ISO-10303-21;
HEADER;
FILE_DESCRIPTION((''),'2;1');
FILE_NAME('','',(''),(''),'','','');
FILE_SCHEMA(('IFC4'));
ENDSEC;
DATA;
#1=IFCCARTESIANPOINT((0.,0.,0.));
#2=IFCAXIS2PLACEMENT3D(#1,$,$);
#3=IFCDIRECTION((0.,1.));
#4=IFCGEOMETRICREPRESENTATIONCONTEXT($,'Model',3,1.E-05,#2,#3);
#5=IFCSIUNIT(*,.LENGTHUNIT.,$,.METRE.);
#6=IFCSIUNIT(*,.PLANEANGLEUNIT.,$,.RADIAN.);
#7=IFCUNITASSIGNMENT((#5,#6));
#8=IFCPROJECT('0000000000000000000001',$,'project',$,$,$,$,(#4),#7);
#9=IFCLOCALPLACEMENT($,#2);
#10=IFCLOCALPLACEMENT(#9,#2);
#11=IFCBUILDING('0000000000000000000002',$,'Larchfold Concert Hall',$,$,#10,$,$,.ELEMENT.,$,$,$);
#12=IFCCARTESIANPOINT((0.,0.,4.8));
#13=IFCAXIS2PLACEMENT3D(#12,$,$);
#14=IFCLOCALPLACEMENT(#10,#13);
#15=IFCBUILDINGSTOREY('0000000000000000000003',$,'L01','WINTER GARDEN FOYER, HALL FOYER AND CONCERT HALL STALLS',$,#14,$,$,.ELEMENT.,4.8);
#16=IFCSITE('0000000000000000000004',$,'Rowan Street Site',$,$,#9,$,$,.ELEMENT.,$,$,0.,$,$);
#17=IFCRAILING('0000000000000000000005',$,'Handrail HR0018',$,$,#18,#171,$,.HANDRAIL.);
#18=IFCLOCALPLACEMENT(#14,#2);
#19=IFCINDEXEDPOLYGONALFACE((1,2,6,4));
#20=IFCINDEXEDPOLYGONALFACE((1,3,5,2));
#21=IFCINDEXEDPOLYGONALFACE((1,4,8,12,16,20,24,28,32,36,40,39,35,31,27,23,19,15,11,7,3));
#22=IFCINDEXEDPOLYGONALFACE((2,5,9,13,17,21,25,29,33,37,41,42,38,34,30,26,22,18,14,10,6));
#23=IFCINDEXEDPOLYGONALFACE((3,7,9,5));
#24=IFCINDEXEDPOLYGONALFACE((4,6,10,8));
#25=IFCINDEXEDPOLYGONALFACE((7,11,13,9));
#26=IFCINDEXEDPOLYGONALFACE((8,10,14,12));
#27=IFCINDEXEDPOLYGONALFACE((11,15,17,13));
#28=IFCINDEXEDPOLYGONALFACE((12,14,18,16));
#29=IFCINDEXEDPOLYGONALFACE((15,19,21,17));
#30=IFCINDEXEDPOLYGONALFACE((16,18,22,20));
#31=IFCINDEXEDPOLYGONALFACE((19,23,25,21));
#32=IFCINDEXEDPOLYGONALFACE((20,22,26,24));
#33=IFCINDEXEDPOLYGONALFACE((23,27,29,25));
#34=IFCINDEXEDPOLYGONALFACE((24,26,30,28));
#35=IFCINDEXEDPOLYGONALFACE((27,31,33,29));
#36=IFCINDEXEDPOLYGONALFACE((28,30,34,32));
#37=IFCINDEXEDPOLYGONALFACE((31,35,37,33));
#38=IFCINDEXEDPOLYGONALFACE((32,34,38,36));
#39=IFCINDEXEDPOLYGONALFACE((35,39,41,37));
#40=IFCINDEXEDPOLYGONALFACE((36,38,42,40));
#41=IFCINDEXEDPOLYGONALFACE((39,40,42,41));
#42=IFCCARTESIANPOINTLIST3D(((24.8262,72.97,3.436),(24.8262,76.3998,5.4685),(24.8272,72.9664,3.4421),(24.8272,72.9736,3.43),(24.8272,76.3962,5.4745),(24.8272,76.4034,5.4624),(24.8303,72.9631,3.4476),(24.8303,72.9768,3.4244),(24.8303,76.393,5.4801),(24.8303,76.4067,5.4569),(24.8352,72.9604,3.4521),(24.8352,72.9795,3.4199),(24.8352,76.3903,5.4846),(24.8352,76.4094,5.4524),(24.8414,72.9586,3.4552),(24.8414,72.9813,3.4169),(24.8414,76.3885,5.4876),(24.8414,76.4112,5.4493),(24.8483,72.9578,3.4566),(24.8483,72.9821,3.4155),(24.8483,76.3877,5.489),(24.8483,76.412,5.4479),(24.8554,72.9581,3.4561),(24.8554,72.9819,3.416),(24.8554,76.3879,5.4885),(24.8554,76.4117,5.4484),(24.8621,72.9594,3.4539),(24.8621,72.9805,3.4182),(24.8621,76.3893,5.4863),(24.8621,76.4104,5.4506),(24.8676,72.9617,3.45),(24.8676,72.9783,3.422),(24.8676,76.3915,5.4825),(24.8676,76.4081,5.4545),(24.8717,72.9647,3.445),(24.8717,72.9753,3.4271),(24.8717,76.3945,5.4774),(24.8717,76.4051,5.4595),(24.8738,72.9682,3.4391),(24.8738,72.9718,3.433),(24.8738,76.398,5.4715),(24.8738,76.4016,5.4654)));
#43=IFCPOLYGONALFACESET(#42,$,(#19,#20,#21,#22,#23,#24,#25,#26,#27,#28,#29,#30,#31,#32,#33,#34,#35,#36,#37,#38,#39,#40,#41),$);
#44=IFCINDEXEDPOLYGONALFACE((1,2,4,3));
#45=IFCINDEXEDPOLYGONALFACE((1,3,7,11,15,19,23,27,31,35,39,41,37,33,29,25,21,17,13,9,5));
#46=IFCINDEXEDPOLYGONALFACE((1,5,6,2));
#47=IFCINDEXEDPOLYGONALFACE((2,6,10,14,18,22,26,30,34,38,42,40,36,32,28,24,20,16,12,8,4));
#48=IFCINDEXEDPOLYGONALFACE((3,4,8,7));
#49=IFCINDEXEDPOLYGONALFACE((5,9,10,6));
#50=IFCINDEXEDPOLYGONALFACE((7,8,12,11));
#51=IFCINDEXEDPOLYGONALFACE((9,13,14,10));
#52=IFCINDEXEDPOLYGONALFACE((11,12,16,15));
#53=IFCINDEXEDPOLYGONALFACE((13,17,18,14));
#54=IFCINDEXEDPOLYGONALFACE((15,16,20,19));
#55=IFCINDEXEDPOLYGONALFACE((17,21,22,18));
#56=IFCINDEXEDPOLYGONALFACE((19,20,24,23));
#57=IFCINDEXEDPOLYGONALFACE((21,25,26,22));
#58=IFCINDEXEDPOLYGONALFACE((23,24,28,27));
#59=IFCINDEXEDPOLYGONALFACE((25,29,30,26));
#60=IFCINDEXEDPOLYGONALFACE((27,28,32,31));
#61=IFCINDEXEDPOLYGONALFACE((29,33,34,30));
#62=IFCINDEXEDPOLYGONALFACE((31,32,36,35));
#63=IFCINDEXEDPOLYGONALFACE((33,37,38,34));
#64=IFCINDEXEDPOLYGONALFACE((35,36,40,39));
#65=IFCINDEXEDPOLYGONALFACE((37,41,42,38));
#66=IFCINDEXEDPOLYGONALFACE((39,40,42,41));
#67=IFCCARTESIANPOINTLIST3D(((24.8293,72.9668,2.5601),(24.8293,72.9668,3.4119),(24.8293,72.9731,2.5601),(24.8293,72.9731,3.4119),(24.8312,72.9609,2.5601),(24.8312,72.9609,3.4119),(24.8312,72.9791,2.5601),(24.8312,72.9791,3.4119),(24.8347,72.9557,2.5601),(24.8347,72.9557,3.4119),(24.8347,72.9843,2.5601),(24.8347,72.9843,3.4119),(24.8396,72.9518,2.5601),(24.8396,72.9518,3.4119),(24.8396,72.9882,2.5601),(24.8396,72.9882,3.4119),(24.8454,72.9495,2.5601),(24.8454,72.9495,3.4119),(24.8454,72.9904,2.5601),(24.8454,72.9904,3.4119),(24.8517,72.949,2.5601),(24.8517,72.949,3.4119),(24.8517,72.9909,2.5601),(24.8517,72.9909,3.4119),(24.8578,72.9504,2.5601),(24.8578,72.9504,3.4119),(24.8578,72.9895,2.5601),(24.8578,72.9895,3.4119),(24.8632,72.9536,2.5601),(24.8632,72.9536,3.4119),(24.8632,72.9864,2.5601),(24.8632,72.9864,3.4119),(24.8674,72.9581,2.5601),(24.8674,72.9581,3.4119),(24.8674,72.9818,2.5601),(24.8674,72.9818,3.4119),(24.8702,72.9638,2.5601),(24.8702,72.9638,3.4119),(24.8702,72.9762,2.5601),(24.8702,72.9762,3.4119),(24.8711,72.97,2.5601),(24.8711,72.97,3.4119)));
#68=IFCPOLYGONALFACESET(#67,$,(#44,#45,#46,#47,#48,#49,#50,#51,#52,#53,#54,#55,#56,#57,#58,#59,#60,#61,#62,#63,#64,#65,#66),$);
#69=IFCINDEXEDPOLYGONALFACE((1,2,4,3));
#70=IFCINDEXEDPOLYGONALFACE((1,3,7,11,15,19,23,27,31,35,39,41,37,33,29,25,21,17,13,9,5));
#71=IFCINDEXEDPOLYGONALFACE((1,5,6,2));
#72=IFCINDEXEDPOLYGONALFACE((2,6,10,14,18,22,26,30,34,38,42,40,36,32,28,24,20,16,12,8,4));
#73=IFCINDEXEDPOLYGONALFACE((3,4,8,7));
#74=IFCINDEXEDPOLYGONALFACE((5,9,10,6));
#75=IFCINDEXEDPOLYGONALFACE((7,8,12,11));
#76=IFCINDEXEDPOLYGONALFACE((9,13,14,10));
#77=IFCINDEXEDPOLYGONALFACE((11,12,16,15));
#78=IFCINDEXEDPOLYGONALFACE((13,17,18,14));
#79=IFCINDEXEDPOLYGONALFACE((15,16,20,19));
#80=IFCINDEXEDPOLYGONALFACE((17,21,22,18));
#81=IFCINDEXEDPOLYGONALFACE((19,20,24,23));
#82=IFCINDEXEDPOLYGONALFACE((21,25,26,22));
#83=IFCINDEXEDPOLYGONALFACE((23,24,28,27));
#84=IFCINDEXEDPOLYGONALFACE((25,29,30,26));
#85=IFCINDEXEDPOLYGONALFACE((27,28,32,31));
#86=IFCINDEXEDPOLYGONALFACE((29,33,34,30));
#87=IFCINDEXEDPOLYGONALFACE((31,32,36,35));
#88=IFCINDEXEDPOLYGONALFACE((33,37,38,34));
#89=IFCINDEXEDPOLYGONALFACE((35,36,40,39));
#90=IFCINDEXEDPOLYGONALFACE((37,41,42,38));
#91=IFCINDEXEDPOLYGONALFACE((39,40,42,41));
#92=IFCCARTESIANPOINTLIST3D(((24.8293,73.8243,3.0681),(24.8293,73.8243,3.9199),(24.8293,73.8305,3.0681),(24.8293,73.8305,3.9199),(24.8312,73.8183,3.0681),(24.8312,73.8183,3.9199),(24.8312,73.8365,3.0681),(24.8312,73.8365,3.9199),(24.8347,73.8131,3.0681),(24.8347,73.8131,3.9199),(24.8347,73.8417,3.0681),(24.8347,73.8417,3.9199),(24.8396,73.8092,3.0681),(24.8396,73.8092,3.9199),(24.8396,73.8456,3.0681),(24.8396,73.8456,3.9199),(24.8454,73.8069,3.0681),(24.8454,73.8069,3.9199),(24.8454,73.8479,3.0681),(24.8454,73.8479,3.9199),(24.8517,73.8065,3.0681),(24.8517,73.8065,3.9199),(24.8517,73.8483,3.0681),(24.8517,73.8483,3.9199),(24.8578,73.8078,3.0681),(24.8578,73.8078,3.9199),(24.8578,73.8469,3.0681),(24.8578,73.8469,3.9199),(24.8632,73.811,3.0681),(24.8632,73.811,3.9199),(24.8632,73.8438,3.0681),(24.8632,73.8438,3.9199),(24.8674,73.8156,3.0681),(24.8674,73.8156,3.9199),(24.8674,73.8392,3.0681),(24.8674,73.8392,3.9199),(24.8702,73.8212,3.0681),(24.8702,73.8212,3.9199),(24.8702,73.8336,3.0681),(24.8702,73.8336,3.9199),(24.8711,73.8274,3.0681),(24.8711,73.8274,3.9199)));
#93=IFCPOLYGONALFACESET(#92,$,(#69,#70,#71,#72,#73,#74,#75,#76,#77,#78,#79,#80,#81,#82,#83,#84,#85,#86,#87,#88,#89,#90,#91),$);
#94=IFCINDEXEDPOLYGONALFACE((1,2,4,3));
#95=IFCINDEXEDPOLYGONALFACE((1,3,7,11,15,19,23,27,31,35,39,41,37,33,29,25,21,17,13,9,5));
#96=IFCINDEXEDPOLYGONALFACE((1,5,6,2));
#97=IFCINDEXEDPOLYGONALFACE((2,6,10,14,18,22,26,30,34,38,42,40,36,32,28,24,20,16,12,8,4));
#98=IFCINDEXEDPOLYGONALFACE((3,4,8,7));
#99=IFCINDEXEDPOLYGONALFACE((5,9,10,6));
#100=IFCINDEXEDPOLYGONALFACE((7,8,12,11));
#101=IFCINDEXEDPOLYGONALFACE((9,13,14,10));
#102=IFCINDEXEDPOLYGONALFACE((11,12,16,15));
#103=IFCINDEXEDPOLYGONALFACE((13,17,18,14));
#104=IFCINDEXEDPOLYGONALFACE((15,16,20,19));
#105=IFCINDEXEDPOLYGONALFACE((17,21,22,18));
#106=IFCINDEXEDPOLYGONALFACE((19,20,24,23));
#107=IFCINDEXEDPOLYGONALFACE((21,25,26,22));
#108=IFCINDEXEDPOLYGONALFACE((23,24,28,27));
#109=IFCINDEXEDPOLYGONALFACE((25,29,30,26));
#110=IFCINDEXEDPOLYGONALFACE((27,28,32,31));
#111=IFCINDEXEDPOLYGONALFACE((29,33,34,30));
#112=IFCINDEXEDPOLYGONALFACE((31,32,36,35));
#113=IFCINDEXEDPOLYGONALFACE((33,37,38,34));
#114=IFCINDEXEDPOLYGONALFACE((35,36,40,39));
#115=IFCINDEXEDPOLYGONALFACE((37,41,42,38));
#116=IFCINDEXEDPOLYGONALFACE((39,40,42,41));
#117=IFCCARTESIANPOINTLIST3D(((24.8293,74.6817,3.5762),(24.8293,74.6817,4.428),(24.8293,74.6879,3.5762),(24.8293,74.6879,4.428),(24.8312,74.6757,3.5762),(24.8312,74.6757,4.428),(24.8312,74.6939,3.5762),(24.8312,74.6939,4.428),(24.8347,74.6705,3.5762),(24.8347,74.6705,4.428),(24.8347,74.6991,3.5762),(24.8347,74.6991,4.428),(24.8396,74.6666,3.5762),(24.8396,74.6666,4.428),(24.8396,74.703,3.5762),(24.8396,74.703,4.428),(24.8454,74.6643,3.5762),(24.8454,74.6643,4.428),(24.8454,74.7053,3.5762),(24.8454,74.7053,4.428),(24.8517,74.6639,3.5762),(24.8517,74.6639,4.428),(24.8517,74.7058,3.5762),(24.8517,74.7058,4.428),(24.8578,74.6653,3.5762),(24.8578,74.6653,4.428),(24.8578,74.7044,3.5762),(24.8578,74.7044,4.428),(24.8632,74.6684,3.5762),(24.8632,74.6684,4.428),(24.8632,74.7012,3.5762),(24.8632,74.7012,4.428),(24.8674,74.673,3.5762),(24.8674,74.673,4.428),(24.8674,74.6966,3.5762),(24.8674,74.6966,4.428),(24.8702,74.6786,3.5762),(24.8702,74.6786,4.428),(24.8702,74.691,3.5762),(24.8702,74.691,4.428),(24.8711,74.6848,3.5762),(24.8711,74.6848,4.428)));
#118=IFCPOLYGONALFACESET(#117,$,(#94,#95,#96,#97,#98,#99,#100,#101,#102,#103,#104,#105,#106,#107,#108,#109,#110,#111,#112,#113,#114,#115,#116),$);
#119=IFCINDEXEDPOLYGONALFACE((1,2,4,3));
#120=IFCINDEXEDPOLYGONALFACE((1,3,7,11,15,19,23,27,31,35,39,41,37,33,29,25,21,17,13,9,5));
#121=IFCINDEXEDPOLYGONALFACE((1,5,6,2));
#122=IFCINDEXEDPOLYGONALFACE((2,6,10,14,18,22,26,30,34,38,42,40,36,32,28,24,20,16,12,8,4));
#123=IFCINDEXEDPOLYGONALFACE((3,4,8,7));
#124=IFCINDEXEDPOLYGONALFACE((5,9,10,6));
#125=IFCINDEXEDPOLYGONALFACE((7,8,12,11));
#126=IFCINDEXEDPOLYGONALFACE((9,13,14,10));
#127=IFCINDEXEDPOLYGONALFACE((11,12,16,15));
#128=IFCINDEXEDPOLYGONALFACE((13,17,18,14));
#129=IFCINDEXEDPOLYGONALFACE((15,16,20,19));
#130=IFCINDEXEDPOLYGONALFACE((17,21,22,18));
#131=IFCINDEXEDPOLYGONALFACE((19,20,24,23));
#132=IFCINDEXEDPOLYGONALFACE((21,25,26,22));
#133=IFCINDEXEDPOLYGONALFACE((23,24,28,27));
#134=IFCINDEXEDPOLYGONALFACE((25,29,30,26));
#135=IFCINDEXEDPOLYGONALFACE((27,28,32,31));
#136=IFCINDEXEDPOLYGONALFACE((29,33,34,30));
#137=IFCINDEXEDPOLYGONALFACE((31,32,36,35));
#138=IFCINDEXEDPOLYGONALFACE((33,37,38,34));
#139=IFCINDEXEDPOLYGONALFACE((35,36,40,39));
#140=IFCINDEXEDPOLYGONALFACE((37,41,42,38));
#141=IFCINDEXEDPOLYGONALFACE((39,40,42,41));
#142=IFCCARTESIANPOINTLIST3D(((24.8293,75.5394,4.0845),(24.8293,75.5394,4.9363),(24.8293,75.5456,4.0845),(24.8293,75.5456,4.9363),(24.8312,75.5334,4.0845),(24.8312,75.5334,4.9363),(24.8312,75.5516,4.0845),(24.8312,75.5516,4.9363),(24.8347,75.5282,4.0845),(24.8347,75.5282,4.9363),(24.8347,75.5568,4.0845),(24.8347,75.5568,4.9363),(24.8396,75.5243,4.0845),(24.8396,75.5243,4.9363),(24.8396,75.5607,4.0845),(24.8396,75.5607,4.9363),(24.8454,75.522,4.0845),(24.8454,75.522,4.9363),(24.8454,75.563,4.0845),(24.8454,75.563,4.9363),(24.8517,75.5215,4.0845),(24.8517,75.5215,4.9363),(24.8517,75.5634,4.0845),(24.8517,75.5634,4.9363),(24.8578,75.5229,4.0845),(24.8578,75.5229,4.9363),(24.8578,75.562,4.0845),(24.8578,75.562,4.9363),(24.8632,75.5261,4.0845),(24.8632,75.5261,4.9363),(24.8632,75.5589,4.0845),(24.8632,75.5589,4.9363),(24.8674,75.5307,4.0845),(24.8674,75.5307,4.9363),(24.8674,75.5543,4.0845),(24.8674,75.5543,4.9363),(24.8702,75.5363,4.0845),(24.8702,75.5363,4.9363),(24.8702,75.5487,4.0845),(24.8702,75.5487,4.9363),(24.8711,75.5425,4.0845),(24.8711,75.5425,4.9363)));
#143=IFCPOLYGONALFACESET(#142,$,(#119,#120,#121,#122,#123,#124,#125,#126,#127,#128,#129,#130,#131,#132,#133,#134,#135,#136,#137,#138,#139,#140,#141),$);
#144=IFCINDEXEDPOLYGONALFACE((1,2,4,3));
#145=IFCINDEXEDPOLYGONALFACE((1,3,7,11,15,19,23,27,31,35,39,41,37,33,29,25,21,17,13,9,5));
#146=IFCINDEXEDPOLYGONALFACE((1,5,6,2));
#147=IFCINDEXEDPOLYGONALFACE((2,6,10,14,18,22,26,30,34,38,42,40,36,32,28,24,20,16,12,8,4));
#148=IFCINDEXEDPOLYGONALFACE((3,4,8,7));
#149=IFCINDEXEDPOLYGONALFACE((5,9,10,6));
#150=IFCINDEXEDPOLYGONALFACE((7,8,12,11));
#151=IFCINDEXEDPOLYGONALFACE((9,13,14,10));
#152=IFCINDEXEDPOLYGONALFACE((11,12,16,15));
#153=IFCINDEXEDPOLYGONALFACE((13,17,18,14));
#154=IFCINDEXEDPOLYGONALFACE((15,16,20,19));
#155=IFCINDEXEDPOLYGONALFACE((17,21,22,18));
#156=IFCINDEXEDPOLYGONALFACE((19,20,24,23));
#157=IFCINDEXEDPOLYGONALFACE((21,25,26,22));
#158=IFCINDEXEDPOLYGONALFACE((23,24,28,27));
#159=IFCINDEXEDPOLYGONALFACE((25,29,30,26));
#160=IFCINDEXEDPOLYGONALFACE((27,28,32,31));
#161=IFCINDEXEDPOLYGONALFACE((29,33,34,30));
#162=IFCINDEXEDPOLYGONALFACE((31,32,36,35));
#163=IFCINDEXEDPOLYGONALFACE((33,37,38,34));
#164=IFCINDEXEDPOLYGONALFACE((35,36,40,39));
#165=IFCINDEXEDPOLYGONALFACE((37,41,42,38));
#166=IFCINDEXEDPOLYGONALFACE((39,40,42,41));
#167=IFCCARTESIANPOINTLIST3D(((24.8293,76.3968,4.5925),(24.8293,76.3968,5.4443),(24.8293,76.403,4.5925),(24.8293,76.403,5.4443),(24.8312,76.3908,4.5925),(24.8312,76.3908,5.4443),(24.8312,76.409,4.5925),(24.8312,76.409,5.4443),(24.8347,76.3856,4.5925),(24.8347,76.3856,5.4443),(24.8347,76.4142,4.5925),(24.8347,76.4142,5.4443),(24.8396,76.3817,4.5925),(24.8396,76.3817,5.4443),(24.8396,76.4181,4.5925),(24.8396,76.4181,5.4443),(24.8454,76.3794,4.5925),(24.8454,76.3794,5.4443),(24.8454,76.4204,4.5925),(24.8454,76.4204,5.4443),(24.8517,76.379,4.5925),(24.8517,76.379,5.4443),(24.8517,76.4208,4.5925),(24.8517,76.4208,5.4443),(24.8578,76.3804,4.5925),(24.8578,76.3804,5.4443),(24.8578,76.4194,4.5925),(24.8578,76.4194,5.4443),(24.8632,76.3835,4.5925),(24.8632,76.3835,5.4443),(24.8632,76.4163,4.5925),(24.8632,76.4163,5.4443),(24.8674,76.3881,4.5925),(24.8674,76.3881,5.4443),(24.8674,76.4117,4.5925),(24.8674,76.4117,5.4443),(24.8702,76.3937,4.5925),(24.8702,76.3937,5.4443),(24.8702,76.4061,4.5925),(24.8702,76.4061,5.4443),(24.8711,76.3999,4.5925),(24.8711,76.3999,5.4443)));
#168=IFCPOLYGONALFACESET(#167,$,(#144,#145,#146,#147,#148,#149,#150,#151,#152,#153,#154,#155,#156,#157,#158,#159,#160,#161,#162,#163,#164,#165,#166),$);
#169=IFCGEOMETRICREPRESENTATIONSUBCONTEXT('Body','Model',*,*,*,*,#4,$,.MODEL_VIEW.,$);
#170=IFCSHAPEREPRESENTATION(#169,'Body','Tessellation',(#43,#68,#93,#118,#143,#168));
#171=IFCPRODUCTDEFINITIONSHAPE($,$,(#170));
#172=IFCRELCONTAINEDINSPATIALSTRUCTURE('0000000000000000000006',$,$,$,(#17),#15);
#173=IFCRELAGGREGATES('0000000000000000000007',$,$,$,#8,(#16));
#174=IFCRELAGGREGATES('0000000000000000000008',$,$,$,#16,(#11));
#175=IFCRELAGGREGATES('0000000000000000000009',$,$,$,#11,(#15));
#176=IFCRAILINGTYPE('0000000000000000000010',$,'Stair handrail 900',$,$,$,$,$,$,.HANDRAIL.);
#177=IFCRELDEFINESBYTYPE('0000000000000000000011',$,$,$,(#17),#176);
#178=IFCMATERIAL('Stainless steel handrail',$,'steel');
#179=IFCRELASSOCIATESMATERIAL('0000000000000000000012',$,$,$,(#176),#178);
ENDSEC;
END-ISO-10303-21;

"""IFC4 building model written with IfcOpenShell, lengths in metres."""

from ifc_helpers import new_model, si_unit, direction, frame, origin, origin_2d, place, context, subcontext, project, spatial, circle, extrude, material, type_object, element, save


model = new_model("IFC4")

# Units and contexts
model_context = context("Model", 3, precision=1e-05, world=origin(), true_north=direction((0.0, 1.0)))
body_context = subcontext(model_context, "Body", "Model", "MODEL_VIEW")
ifc_project = project(units=[si_unit("LENGTHUNIT", "METRE"), si_unit("PLANEANGLEUNIT", "RADIAN")], contexts=[model_context])

# Site, building, storey
site_placement = place(None, origin())
site = spatial("IfcSite", under=ifc_project, at=site_placement, Name="Rowan Street Site", CompositionType="ELEMENT", RefElevation=0.0)
building_placement = place(site_placement, origin())
building = spatial("IfcBuilding", under=site, at=building_placement, Name="Larchfold Concert Hall", CompositionType="ELEMENT")
storey_placement = place(building_placement, frame((0.0, 0.0, 4.8)))
storey = spatial("IfcBuildingStorey", under=building, at=storey_placement, Name="L01", Description="WINTER GARDEN FOYER, HALL FOYER AND CONCERT HALL STALLS", CompositionType="ELEMENT", Elevation=4.8)

# Railing
ifc_material_1 = material(Name="Stainless steel handrail", Category="steel")
railing_type_1 = type_object("IfcRailingType", Name="Stair handrail 900", PredefinedType="HANDRAIL", material=ifc_material_1)
railing_1_placement = place(storey_placement, frame((24.8501, 72.97, 2.5601)))
element("IfcRailing", 1, at=railing_1_placement, inside=storey, type_object=railing_type_1, Name="Handrail HR0018", PredefinedType="HANDRAIL", context=body_context, shape_type="SweptSolid", body=[
    extrude(circle(Radius=0.0239, at=origin_2d()), frame((0.0, 0.0, 0.876), z_axis=(0.0, 0.8603, 0.509787), x_axis=(-1.0, 0.0, 0.0)), (0.0, 0.0, 1.0), 3.9868),
    extrude(circle(Radius=0.021, at=origin_2d()), origin(), (0.0, 0.0, 1.0), 0.8518),
    extrude(circle(Radius=0.021, at=origin_2d()), frame((0.0, 0.8574, 0.5081)), (0.0, 0.0, 1.0), 0.8518),
    extrude(circle(Radius=0.021, at=origin_2d()), frame((0.0, 1.7148, 1.0161)), (0.0, 0.0, 1.0), 0.8518),
    extrude(circle(Radius=0.021, at=origin_2d()), frame((0.0, 2.5725, 1.5244)), (0.0, 0.0, 1.0), 0.8518),
    extrude(circle(Radius=0.021, at=origin_2d()), frame((0.0, 3.4299, 2.0325)), (0.0, 0.0, 1.0), 0.8518),
])

save(model, "model.ifc")
